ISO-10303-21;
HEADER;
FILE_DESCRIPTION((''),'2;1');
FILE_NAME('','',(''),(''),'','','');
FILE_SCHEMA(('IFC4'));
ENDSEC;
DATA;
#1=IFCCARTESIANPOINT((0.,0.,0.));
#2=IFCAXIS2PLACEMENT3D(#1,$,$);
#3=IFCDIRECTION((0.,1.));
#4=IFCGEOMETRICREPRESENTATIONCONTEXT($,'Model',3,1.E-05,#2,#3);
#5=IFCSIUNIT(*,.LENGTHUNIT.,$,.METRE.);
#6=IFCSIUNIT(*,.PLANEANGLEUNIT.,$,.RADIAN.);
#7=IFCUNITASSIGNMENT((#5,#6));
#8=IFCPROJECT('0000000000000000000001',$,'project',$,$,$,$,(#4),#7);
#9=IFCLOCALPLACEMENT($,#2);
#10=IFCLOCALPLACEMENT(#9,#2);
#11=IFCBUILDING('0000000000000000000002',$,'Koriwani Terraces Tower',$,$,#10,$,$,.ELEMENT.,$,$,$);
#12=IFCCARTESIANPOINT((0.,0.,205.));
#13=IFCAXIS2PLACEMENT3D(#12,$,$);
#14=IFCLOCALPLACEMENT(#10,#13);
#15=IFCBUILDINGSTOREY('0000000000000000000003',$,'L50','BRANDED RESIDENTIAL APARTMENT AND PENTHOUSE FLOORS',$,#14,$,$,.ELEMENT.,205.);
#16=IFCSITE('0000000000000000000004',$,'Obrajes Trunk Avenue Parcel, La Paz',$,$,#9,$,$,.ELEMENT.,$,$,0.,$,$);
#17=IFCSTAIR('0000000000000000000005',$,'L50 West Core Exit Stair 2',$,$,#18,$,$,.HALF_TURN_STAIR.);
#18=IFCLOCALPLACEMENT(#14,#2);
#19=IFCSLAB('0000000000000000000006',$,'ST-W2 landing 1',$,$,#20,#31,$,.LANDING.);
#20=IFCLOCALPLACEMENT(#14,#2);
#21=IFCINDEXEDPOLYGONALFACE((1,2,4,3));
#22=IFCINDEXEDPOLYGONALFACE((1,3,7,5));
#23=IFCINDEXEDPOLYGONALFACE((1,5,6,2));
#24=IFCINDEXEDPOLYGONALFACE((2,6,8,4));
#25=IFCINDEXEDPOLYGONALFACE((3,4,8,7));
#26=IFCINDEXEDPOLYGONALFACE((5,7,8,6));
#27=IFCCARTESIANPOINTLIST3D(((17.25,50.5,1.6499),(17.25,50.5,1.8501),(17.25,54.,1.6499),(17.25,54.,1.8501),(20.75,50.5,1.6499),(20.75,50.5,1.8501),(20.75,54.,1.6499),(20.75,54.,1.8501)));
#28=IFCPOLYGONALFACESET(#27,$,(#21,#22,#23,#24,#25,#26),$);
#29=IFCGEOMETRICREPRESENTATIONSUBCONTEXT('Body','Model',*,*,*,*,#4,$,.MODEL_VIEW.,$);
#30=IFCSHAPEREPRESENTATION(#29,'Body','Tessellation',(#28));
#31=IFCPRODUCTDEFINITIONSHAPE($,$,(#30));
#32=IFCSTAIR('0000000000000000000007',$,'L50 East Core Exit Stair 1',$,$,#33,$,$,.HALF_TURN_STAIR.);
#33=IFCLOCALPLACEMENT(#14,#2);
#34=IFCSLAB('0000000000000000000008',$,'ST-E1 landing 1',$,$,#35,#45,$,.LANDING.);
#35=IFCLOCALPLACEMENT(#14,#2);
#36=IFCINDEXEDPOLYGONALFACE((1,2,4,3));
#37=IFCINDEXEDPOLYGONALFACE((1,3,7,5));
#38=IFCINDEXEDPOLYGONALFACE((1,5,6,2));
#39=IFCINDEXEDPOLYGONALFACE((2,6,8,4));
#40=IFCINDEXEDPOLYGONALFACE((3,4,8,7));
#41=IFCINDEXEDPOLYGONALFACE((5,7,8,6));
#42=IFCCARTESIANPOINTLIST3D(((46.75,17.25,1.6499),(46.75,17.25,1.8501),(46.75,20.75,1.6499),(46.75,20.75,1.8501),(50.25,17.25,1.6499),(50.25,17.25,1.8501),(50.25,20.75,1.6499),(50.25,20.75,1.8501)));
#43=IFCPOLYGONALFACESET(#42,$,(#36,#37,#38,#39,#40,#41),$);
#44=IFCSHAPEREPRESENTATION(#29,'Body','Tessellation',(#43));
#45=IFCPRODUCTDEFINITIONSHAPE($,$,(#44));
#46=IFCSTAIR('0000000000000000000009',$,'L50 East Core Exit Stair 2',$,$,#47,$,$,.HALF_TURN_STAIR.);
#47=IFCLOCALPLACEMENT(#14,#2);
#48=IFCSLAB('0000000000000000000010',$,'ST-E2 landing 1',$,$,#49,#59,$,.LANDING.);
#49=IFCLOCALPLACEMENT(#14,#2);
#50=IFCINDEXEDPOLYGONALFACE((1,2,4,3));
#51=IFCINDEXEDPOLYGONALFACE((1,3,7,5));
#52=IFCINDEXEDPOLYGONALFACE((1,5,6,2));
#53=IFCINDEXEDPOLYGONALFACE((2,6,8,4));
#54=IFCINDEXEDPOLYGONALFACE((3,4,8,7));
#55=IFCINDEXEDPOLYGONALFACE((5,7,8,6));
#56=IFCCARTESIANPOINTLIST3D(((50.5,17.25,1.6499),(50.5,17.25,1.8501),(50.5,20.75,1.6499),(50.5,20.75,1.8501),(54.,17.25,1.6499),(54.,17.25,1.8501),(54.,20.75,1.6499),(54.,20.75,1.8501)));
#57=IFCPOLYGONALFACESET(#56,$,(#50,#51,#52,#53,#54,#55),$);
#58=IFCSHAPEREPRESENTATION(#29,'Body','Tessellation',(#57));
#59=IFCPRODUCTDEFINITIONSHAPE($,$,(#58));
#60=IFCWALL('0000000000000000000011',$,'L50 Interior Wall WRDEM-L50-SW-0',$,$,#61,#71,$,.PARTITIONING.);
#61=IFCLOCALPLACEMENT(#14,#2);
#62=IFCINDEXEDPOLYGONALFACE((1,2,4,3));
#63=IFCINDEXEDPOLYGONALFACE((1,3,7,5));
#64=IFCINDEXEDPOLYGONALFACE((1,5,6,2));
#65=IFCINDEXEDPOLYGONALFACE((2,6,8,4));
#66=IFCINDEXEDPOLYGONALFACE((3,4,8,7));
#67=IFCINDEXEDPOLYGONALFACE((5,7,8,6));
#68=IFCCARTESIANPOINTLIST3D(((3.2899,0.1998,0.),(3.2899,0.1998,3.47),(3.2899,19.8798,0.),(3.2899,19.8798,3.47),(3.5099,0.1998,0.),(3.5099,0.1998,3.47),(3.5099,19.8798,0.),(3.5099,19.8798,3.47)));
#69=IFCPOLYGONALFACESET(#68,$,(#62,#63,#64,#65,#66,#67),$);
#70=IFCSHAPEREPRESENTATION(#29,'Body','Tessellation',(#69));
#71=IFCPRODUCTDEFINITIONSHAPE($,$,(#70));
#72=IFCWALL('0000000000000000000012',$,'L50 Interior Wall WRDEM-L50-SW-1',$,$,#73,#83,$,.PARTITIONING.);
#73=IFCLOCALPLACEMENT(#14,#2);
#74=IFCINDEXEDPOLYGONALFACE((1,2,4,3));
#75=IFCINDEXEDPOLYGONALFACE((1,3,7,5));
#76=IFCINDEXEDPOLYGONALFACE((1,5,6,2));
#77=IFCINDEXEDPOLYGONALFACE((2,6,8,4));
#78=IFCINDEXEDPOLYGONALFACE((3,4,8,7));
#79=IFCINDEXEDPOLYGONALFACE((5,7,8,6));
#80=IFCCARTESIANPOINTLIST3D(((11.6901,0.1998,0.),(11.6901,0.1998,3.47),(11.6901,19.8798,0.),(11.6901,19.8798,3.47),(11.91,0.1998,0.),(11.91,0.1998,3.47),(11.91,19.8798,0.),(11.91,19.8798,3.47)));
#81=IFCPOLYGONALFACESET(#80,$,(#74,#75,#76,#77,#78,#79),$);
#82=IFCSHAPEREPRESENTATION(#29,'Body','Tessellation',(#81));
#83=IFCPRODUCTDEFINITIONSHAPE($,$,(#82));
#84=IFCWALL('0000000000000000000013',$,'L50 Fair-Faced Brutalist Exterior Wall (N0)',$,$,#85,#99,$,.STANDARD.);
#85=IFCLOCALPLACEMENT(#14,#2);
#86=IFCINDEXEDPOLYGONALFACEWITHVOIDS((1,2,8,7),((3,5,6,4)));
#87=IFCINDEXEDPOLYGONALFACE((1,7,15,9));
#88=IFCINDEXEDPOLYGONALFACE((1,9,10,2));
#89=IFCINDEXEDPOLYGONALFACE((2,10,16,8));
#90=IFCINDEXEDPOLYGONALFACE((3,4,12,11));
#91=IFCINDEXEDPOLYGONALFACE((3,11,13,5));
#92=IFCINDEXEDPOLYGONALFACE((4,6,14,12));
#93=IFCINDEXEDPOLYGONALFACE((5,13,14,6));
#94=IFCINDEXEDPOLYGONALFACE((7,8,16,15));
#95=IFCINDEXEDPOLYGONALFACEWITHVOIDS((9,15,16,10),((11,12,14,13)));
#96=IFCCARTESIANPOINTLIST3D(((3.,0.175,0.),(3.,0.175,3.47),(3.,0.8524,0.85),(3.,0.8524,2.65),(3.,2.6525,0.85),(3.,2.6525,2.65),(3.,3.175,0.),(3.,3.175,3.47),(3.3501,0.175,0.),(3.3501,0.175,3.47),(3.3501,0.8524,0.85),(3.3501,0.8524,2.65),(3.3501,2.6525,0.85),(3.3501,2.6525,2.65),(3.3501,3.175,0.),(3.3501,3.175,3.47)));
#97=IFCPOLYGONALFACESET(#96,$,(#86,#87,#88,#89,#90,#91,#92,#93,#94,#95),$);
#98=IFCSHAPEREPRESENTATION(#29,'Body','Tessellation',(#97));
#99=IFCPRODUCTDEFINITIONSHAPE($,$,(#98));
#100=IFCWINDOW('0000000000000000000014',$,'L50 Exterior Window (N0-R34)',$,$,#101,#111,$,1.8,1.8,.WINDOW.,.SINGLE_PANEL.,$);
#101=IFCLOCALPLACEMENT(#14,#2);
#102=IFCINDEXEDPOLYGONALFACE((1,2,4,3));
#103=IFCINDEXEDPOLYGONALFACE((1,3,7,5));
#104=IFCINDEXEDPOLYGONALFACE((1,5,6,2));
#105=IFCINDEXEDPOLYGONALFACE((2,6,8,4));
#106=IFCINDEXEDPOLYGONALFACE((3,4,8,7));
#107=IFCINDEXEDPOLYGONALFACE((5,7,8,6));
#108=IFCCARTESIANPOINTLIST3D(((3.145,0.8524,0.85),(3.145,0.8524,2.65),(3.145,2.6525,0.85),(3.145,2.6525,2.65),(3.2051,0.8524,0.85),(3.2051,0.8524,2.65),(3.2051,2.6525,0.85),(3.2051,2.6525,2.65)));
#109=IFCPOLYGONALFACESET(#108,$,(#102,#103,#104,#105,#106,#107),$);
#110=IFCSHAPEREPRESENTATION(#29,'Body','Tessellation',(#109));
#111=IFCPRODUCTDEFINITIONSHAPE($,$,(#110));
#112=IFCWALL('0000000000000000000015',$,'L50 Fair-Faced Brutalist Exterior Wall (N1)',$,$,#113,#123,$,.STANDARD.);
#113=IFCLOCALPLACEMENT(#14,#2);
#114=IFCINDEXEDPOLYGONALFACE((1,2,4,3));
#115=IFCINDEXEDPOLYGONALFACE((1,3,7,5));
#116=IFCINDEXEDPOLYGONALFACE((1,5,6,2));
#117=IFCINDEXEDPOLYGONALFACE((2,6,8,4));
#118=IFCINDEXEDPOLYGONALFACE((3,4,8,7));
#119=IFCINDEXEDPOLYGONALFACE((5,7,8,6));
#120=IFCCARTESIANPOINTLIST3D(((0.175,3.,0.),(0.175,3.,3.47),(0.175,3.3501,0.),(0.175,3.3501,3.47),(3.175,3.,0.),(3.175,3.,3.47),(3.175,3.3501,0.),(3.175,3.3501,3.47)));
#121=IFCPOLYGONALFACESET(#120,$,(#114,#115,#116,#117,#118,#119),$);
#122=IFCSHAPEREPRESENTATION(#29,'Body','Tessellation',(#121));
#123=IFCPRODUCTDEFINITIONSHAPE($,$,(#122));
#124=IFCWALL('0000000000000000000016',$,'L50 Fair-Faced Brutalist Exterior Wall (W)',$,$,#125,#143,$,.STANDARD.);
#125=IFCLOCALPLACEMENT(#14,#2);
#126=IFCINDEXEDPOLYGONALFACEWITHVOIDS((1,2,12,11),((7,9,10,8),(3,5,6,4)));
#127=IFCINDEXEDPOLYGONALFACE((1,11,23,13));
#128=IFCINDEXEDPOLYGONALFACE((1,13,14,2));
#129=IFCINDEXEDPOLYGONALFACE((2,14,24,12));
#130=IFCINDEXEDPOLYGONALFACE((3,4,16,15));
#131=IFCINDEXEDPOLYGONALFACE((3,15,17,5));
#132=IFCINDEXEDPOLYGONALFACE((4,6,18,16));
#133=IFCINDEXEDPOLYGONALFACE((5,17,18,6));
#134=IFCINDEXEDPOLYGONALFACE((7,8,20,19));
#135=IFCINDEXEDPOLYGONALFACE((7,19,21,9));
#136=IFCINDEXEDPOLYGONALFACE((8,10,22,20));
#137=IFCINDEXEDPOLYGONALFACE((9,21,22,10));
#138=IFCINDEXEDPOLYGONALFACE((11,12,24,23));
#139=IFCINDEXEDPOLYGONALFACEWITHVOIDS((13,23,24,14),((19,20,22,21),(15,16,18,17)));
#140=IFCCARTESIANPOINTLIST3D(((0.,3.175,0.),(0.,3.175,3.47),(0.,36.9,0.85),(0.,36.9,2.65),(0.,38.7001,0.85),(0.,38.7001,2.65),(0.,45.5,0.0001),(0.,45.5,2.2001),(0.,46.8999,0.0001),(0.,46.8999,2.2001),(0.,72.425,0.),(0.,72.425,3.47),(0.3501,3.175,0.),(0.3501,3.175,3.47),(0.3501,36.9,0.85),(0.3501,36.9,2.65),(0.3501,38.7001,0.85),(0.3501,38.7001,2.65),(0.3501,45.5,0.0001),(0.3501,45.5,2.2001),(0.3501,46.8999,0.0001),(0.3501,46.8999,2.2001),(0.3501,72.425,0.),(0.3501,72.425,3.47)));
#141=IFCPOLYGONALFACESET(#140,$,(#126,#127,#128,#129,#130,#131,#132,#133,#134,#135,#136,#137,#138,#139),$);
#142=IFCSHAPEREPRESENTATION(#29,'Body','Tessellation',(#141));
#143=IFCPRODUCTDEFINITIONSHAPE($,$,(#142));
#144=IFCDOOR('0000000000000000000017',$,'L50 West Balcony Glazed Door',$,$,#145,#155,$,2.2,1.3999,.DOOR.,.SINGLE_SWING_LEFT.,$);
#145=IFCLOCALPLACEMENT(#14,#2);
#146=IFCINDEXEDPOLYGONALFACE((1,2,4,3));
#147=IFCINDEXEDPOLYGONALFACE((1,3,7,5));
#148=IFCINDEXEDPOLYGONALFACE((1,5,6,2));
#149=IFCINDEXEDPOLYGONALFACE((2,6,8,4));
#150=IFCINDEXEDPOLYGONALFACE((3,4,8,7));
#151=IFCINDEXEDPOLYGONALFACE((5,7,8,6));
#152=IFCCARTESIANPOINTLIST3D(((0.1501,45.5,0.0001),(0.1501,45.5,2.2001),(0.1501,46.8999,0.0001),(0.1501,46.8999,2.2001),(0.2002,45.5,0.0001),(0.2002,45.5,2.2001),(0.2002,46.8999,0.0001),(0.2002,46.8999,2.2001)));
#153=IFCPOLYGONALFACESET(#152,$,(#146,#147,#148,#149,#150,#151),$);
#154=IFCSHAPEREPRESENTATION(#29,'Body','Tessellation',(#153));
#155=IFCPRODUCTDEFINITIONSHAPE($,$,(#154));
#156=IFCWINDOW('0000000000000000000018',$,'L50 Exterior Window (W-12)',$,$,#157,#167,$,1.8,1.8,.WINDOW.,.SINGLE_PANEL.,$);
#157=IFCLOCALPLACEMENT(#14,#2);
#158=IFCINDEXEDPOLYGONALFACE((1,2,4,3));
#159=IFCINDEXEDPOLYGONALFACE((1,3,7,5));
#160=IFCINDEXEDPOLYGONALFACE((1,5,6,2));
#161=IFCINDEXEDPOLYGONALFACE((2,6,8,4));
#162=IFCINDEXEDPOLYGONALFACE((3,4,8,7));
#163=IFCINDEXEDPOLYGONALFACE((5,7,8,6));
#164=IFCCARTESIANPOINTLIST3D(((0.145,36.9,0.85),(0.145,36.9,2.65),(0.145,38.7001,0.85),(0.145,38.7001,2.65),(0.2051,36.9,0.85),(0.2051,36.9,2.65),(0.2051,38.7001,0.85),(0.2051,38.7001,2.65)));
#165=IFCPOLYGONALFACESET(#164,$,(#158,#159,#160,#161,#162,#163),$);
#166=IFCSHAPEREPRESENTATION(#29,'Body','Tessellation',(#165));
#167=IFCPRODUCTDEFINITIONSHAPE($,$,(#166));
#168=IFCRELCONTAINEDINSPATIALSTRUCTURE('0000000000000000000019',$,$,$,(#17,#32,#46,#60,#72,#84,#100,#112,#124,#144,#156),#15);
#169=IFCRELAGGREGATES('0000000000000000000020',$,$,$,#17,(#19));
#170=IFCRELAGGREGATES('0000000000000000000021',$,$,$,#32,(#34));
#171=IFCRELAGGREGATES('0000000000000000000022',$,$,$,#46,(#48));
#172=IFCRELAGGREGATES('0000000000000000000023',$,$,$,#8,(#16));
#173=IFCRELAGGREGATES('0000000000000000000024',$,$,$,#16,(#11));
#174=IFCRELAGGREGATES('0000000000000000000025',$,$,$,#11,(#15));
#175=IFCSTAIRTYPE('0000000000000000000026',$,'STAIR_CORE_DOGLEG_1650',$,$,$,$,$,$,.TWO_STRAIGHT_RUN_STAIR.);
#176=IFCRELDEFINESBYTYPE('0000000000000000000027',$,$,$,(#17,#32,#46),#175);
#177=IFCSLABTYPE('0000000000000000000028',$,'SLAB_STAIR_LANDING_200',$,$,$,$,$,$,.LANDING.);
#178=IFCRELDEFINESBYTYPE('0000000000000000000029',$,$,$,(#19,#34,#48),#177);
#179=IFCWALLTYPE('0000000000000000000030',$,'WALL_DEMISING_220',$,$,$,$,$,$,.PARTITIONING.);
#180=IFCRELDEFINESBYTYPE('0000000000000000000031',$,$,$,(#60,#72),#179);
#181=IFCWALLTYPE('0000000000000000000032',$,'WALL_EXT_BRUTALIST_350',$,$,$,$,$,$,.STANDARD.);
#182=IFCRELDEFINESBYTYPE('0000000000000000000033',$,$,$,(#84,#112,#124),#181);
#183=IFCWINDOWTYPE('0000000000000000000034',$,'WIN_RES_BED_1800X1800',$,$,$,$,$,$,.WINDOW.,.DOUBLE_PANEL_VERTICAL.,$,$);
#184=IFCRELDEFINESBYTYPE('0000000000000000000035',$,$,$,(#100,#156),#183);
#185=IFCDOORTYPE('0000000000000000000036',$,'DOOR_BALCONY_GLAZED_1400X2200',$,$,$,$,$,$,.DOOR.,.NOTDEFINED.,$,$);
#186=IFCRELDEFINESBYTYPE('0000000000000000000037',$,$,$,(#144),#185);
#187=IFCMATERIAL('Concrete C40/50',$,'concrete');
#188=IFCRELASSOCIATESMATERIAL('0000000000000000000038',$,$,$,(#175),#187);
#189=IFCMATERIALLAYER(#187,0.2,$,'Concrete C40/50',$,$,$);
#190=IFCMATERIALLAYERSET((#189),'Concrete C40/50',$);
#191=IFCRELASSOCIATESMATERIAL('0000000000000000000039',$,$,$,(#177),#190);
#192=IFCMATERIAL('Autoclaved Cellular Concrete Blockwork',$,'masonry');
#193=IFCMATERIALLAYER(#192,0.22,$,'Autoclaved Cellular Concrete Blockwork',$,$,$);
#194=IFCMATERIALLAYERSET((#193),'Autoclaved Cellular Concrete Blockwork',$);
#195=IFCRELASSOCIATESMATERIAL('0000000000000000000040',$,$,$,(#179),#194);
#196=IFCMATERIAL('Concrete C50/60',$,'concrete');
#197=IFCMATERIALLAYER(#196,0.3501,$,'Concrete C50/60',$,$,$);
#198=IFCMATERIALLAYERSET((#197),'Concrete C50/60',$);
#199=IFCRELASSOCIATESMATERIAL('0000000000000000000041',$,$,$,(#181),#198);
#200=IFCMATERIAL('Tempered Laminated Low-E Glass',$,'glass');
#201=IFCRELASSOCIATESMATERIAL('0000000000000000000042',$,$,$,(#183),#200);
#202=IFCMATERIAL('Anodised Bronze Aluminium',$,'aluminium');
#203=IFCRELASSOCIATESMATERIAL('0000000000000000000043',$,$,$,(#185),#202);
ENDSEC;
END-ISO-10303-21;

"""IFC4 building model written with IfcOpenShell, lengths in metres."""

from ifc_helpers import new_model, si_unit, direction, frame, frame_2d, origin, place, context, subcontext, project, spatial, polyline, rectangle, outline, extrude, material, layer, layer_set, type_object, element, fill, aggregate, save


model = new_model("IFC4")

# Units and contexts
model_context = context("Model", 3, precision=1e-05, world=origin(), true_north=direction((0.0, 1.0)))
body_context = subcontext(model_context, "Body", "Model", "MODEL_VIEW")
ifc_project = project(units=[si_unit("LENGTHUNIT", "METRE"), si_unit("PLANEANGLEUNIT", "RADIAN")], contexts=[model_context])

# Site, building, storey
site_placement = place(None, origin())
site = spatial("IfcSite", under=ifc_project, at=site_placement, Name="Obrajes Trunk Avenue Parcel, La Paz", CompositionType="ELEMENT", RefElevation=0.0)
building_placement = place(site_placement, origin())
building = spatial("IfcBuilding", under=site, at=building_placement, Name="Koriwani Terraces Tower", CompositionType="ELEMENT")
storey_placement = place(building_placement, frame((0.0, 0.0, 205.0)))
storey = spatial("IfcBuildingStorey", under=building, at=storey_placement, Name="L50", Description="BRANDED RESIDENTIAL APARTMENT AND PENTHOUSE FLOORS", CompositionType="ELEMENT", Elevation=205.0)

# Shared definitions
ifc_material_1 = material(Name="Concrete C50/60", Category="concrete")

# Shared definitions
ifc_material_2 = material(Name="Concrete C40/50", Category="concrete")

# Stairs, slabs
stair_type = type_object("IfcStairType", Name="STAIR_CORE_DOGLEG_1650", PredefinedType="TWO_STRAIGHT_RUN_STAIR", material=ifc_material_2)
ifc_layer_1 = layer(ifc_material_2, 0.2, Name="Concrete C40/50")
ifc_layer_set_1 = layer_set([ifc_layer_1], Name="Concrete C40/50")
slab_type_1 = type_object("IfcSlabType", Name="SLAB_STAIR_LANDING_200", PredefinedType="LANDING", material=ifc_layer_set_1)
stair_1_placement = place(storey_placement, origin())
stair_1 = element("IfcStair", 1, at=stair_1_placement, inside=storey, type_object=stair_type, Name="L50 West Core Exit Stair 2", PredefinedType="HALF_TURN_STAIR")
slab_1_placement = place(storey_placement, frame((0.0, 0.0, 1.6499)))
slab_1 = element("IfcSlab", 2, at=slab_1_placement, type_object=slab_type_1, Name="ST-W2 landing 1", PredefinedType="LANDING", context=body_context, shape_type="SweptSolid", body=[
    extrude(outline(polyline([(17.25, 54.0), (17.25, 50.5), (20.75, 50.5), (20.75, 54.0), (17.25, 54.0)])), origin(), (0.0, 0.0, 1.0), 0.2002),
])
aggregate(stair_1, [slab_1])
stair_2_placement = place(storey_placement, origin())
stair_2 = element("IfcStair", 3, at=stair_2_placement, inside=storey, type_object=stair_type, Name="L50 East Core Exit Stair 1", PredefinedType="HALF_TURN_STAIR")
slab_2_placement = place(storey_placement, frame((0.0, 0.0, 1.6499)))
slab_2 = element("IfcSlab", 4, at=slab_2_placement, type_object=slab_type_1, Name="ST-E1 landing 1", PredefinedType="LANDING", context=body_context, shape_type="SweptSolid", body=[
    extrude(outline(polyline([(46.75, 17.25), (50.25, 17.25), (50.25, 20.75), (46.75, 20.75), (46.75, 17.25)])), origin(), (0.0, 0.0, 1.0), 0.2002),
])
aggregate(stair_2, [slab_2])
stair_3_placement = place(storey_placement, origin())
stair_3 = element("IfcStair", 5, at=stair_3_placement, inside=storey, type_object=stair_type, Name="L50 East Core Exit Stair 2", PredefinedType="HALF_TURN_STAIR")
slab_3_placement = place(storey_placement, frame((0.0, 0.0, 1.6499)))
slab_3 = element("IfcSlab", 6, at=slab_3_placement, type_object=slab_type_1, Name="ST-E2 landing 1", PredefinedType="LANDING", context=body_context, shape_type="SweptSolid", body=[
    extrude(outline(polyline([(54.0, 20.75), (50.5, 20.75), (50.5, 17.25), (54.0, 17.25), (54.0, 20.75)])), origin(), (0.0, 0.0, 1.0), 0.2002),
])
aggregate(stair_3, [slab_3])

# Walls
ifc_material_3 = material(Name="Autoclaved Cellular Concrete Blockwork", Category="masonry")
ifc_layer_2 = layer(ifc_material_3, 0.22, Name="Autoclaved Cellular Concrete Blockwork")
ifc_layer_set_2 = layer_set([ifc_layer_2], Name="Autoclaved Cellular Concrete Blockwork")
wall_type_1 = type_object("IfcWallType", Name="WALL_DEMISING_220", PredefinedType="PARTITIONING", material=ifc_layer_set_2)
for number, where, z_axis, x_axis, name in (
    (7, (3.3999, 0.2, 0.0), (0.0, 0.0, 1.0), (0.0, 1.0, 0.0), "L50 Interior Wall WRDEM-L50-SW-0"),
    (8, (11.8, 0.2, 0.0), (0.0, 0.0, 1.0), (0.0, 1.0, 0.0), "L50 Interior Wall WRDEM-L50-SW-1"),
):
    element("IfcWall", number, at=place(storey_placement, frame(where, z_axis=z_axis, x_axis=x_axis)), inside=storey, type_object=wall_type_1, Name=name, PredefinedType="PARTITIONING", context=body_context, shape_type="SweptSolid", body=[
        extrude(rectangle(XDim=19.6799, YDim=0.22, at=frame_2d((9.8398, 0.0))), origin(), (0.0, 0.0, 1.0), 3.47),
    ])

# Wall, opening, window
ifc_layer_3 = layer(ifc_material_1, 0.3501, Name="Concrete C50/60")
ifc_layer_set_3 = layer_set([ifc_layer_3], Name="Concrete C50/60")
wall_type_2 = type_object("IfcWallType", Name="WALL_EXT_BRUTALIST_350", PredefinedType="STANDARD", material=ifc_layer_set_3)
wall_1_placement = place(storey_placement, frame((3.175, 0.175, 0.0), z_axis=(0.0, 0.0, 1.0), x_axis=(0.0, 1.0, 0.0)))
wall_1 = element("IfcWall", 9, at=wall_1_placement, inside=storey, type_object=wall_type_2, Name="L50 Fair-Faced Brutalist Exterior Wall (N0)", PredefinedType="STANDARD", context=body_context, shape_type="SweptSolid", body=[
    extrude(rectangle(XDim=3.0, YDim=0.3501, at=frame_2d((1.5, 0.0))), origin(), (0.0, 0.0, 1.0), 3.47),
])
opening_1_placement = place(wall_1_placement, frame((0.6775, 0.0, 0.8501)))
opening_1 = element("IfcOpeningElement", 10, at=opening_1_placement, cuts=wall_1, PredefinedType="OPENING", context=body_context, shape_type="SweptSolid", body=[
    extrude(rectangle(XDim=1.8, YDim=1.8, at=frame_2d((0.8999, 0.8999))), frame((0.0, 0.1851, 0.0), z_axis=(0.0, -1.0, 0.0), x_axis=(1.0, 0.0, 0.0)), (0.0, 0.0, 1.0), 0.3701),
])
ifc_material_4 = material(Name="Tempered Laminated Low-E Glass", Category="glass")
window_type = type_object("IfcWindowType", Name="WIN_RES_BED_1800X1800", PartitioningType="DOUBLE_PANEL_VERTICAL", PredefinedType="WINDOW", material=ifc_material_4)
window_1_placement = place(opening_1_placement, origin())
window_1 = element("IfcWindow", 11, at=window_1_placement, inside=storey, type_object=window_type, Name="L50 Exterior Window (N0-R34)", OverallHeight=1.8, OverallWidth=1.8, PartitioningType="SINGLE_PANEL", PredefinedType="WINDOW", context=body_context, shape_type="SweptSolid", body=[
    extrude(rectangle(XDim=1.8, YDim=1.8, at=frame_2d((0.8999, 0.8999))), frame((0.0, 0.03, 0.0), z_axis=(0.0, -1.0, 0.0), x_axis=(1.0, 0.0, 0.0)), (0.0, 0.0, 1.0), 0.0601),
])
fill(opening_1, window_1)

# Wall
wall_2_placement = place(storey_placement, frame((3.175, 3.175, 0.0), z_axis=(0.0, 0.0, 1.0), x_axis=(-1.0, 0.0, 0.0)))
element("IfcWall", 12, at=wall_2_placement, inside=storey, type_object=wall_type_2, Name="L50 Fair-Faced Brutalist Exterior Wall (N1)", PredefinedType="STANDARD", context=body_context, shape_type="SweptSolid", body=[
    extrude(rectangle(XDim=3.0, YDim=0.3501, at=frame_2d((1.5, 0.0))), origin(), (0.0, 0.0, 1.0), 3.47),
])

# Wall, openings, door, window
wall_3_placement = place(storey_placement, frame((0.175, 3.175, 0.0), z_axis=(0.0, 0.0, 1.0), x_axis=(0.0, 1.0, 0.0)))
wall_3 = element("IfcWall", 13, at=wall_3_placement, inside=storey, type_object=wall_type_2, Name="L50 Fair-Faced Brutalist Exterior Wall (W)", PredefinedType="STANDARD", context=body_context, shape_type="SweptSolid", body=[
    extrude(rectangle(XDim=69.25, YDim=0.3501, at=frame_2d((34.625, 0.0))), origin(), (0.0, 0.0, 1.0), 3.47),
])
opening_2_placement = place(wall_3_placement, frame((42.325, 0.0, 0.0)))
opening_2 = element("IfcOpeningElement", 14, at=opening_2_placement, cuts=wall_3, PredefinedType="OPENING", context=body_context, shape_type="SweptSolid", body=[
    extrude(rectangle(XDim=1.3999, YDim=2.2, at=frame_2d((0.7, 1.1001))), frame((0.0, 0.1851, 0.0), z_axis=(0.0, -1.0, 0.0), x_axis=(1.0, 0.0, 0.0)), (0.0, 0.0, 1.0), 0.3701),
])
opening_3_placement = place(wall_3_placement, frame((33.7251, 0.0, 0.8501)))
opening_3 = element("IfcOpeningElement", 15, at=opening_3_placement, cuts=wall_3, PredefinedType="OPENING", context=body_context, shape_type="SweptSolid", body=[
    extrude(rectangle(XDim=1.8, YDim=1.8, at=frame_2d((0.8999, 0.8999))), frame((0.0, 0.1851, 0.0), z_axis=(0.0, -1.0, 0.0), x_axis=(1.0, 0.0, 0.0)), (0.0, 0.0, 1.0), 0.3701),
])
ifc_material_5 = material(Name="Anodised Bronze Aluminium", Category="aluminium")
door_type = type_object("IfcDoorType", Name="DOOR_BALCONY_GLAZED_1400X2200", OperationType="NOTDEFINED", PredefinedType="DOOR", material=ifc_material_5)
door_placement = place(opening_2_placement, origin())
door = element("IfcDoor", 16, at=door_placement, inside=storey, type_object=door_type, Name="L50 West Balcony Glazed Door", OperationType="SINGLE_SWING_LEFT", OverallHeight=2.2, OverallWidth=1.3999, PredefinedType="DOOR", context=body_context, shape_type="SweptSolid", body=[
    extrude(rectangle(XDim=1.3999, YDim=2.2, at=frame_2d((0.7, 1.1001))), frame((0.0, 0.0249, 0.0), z_axis=(0.0, -1.0, 0.0), x_axis=(1.0, 0.0, 0.0)), (0.0, 0.0, 1.0), 0.05),
])
fill(opening_2, door)
window_2_placement = place(opening_3_placement, origin())
window_2 = element("IfcWindow", 17, at=window_2_placement, inside=storey, type_object=window_type, Name="L50 Exterior Window (W-12)", OverallHeight=1.8, OverallWidth=1.8, PartitioningType="SINGLE_PANEL", PredefinedType="WINDOW", context=body_context, shape_type="SweptSolid", body=[
    extrude(rectangle(XDim=1.8, YDim=1.8, at=frame_2d((0.8999, 0.8999))), frame((0.0, 0.03, 0.0), z_axis=(0.0, -1.0, 0.0), x_axis=(1.0, 0.0, 0.0)), (0.0, 0.0, 1.0), 0.0601),
])
fill(opening_3, window_2)

save(model, "model.ifc")
